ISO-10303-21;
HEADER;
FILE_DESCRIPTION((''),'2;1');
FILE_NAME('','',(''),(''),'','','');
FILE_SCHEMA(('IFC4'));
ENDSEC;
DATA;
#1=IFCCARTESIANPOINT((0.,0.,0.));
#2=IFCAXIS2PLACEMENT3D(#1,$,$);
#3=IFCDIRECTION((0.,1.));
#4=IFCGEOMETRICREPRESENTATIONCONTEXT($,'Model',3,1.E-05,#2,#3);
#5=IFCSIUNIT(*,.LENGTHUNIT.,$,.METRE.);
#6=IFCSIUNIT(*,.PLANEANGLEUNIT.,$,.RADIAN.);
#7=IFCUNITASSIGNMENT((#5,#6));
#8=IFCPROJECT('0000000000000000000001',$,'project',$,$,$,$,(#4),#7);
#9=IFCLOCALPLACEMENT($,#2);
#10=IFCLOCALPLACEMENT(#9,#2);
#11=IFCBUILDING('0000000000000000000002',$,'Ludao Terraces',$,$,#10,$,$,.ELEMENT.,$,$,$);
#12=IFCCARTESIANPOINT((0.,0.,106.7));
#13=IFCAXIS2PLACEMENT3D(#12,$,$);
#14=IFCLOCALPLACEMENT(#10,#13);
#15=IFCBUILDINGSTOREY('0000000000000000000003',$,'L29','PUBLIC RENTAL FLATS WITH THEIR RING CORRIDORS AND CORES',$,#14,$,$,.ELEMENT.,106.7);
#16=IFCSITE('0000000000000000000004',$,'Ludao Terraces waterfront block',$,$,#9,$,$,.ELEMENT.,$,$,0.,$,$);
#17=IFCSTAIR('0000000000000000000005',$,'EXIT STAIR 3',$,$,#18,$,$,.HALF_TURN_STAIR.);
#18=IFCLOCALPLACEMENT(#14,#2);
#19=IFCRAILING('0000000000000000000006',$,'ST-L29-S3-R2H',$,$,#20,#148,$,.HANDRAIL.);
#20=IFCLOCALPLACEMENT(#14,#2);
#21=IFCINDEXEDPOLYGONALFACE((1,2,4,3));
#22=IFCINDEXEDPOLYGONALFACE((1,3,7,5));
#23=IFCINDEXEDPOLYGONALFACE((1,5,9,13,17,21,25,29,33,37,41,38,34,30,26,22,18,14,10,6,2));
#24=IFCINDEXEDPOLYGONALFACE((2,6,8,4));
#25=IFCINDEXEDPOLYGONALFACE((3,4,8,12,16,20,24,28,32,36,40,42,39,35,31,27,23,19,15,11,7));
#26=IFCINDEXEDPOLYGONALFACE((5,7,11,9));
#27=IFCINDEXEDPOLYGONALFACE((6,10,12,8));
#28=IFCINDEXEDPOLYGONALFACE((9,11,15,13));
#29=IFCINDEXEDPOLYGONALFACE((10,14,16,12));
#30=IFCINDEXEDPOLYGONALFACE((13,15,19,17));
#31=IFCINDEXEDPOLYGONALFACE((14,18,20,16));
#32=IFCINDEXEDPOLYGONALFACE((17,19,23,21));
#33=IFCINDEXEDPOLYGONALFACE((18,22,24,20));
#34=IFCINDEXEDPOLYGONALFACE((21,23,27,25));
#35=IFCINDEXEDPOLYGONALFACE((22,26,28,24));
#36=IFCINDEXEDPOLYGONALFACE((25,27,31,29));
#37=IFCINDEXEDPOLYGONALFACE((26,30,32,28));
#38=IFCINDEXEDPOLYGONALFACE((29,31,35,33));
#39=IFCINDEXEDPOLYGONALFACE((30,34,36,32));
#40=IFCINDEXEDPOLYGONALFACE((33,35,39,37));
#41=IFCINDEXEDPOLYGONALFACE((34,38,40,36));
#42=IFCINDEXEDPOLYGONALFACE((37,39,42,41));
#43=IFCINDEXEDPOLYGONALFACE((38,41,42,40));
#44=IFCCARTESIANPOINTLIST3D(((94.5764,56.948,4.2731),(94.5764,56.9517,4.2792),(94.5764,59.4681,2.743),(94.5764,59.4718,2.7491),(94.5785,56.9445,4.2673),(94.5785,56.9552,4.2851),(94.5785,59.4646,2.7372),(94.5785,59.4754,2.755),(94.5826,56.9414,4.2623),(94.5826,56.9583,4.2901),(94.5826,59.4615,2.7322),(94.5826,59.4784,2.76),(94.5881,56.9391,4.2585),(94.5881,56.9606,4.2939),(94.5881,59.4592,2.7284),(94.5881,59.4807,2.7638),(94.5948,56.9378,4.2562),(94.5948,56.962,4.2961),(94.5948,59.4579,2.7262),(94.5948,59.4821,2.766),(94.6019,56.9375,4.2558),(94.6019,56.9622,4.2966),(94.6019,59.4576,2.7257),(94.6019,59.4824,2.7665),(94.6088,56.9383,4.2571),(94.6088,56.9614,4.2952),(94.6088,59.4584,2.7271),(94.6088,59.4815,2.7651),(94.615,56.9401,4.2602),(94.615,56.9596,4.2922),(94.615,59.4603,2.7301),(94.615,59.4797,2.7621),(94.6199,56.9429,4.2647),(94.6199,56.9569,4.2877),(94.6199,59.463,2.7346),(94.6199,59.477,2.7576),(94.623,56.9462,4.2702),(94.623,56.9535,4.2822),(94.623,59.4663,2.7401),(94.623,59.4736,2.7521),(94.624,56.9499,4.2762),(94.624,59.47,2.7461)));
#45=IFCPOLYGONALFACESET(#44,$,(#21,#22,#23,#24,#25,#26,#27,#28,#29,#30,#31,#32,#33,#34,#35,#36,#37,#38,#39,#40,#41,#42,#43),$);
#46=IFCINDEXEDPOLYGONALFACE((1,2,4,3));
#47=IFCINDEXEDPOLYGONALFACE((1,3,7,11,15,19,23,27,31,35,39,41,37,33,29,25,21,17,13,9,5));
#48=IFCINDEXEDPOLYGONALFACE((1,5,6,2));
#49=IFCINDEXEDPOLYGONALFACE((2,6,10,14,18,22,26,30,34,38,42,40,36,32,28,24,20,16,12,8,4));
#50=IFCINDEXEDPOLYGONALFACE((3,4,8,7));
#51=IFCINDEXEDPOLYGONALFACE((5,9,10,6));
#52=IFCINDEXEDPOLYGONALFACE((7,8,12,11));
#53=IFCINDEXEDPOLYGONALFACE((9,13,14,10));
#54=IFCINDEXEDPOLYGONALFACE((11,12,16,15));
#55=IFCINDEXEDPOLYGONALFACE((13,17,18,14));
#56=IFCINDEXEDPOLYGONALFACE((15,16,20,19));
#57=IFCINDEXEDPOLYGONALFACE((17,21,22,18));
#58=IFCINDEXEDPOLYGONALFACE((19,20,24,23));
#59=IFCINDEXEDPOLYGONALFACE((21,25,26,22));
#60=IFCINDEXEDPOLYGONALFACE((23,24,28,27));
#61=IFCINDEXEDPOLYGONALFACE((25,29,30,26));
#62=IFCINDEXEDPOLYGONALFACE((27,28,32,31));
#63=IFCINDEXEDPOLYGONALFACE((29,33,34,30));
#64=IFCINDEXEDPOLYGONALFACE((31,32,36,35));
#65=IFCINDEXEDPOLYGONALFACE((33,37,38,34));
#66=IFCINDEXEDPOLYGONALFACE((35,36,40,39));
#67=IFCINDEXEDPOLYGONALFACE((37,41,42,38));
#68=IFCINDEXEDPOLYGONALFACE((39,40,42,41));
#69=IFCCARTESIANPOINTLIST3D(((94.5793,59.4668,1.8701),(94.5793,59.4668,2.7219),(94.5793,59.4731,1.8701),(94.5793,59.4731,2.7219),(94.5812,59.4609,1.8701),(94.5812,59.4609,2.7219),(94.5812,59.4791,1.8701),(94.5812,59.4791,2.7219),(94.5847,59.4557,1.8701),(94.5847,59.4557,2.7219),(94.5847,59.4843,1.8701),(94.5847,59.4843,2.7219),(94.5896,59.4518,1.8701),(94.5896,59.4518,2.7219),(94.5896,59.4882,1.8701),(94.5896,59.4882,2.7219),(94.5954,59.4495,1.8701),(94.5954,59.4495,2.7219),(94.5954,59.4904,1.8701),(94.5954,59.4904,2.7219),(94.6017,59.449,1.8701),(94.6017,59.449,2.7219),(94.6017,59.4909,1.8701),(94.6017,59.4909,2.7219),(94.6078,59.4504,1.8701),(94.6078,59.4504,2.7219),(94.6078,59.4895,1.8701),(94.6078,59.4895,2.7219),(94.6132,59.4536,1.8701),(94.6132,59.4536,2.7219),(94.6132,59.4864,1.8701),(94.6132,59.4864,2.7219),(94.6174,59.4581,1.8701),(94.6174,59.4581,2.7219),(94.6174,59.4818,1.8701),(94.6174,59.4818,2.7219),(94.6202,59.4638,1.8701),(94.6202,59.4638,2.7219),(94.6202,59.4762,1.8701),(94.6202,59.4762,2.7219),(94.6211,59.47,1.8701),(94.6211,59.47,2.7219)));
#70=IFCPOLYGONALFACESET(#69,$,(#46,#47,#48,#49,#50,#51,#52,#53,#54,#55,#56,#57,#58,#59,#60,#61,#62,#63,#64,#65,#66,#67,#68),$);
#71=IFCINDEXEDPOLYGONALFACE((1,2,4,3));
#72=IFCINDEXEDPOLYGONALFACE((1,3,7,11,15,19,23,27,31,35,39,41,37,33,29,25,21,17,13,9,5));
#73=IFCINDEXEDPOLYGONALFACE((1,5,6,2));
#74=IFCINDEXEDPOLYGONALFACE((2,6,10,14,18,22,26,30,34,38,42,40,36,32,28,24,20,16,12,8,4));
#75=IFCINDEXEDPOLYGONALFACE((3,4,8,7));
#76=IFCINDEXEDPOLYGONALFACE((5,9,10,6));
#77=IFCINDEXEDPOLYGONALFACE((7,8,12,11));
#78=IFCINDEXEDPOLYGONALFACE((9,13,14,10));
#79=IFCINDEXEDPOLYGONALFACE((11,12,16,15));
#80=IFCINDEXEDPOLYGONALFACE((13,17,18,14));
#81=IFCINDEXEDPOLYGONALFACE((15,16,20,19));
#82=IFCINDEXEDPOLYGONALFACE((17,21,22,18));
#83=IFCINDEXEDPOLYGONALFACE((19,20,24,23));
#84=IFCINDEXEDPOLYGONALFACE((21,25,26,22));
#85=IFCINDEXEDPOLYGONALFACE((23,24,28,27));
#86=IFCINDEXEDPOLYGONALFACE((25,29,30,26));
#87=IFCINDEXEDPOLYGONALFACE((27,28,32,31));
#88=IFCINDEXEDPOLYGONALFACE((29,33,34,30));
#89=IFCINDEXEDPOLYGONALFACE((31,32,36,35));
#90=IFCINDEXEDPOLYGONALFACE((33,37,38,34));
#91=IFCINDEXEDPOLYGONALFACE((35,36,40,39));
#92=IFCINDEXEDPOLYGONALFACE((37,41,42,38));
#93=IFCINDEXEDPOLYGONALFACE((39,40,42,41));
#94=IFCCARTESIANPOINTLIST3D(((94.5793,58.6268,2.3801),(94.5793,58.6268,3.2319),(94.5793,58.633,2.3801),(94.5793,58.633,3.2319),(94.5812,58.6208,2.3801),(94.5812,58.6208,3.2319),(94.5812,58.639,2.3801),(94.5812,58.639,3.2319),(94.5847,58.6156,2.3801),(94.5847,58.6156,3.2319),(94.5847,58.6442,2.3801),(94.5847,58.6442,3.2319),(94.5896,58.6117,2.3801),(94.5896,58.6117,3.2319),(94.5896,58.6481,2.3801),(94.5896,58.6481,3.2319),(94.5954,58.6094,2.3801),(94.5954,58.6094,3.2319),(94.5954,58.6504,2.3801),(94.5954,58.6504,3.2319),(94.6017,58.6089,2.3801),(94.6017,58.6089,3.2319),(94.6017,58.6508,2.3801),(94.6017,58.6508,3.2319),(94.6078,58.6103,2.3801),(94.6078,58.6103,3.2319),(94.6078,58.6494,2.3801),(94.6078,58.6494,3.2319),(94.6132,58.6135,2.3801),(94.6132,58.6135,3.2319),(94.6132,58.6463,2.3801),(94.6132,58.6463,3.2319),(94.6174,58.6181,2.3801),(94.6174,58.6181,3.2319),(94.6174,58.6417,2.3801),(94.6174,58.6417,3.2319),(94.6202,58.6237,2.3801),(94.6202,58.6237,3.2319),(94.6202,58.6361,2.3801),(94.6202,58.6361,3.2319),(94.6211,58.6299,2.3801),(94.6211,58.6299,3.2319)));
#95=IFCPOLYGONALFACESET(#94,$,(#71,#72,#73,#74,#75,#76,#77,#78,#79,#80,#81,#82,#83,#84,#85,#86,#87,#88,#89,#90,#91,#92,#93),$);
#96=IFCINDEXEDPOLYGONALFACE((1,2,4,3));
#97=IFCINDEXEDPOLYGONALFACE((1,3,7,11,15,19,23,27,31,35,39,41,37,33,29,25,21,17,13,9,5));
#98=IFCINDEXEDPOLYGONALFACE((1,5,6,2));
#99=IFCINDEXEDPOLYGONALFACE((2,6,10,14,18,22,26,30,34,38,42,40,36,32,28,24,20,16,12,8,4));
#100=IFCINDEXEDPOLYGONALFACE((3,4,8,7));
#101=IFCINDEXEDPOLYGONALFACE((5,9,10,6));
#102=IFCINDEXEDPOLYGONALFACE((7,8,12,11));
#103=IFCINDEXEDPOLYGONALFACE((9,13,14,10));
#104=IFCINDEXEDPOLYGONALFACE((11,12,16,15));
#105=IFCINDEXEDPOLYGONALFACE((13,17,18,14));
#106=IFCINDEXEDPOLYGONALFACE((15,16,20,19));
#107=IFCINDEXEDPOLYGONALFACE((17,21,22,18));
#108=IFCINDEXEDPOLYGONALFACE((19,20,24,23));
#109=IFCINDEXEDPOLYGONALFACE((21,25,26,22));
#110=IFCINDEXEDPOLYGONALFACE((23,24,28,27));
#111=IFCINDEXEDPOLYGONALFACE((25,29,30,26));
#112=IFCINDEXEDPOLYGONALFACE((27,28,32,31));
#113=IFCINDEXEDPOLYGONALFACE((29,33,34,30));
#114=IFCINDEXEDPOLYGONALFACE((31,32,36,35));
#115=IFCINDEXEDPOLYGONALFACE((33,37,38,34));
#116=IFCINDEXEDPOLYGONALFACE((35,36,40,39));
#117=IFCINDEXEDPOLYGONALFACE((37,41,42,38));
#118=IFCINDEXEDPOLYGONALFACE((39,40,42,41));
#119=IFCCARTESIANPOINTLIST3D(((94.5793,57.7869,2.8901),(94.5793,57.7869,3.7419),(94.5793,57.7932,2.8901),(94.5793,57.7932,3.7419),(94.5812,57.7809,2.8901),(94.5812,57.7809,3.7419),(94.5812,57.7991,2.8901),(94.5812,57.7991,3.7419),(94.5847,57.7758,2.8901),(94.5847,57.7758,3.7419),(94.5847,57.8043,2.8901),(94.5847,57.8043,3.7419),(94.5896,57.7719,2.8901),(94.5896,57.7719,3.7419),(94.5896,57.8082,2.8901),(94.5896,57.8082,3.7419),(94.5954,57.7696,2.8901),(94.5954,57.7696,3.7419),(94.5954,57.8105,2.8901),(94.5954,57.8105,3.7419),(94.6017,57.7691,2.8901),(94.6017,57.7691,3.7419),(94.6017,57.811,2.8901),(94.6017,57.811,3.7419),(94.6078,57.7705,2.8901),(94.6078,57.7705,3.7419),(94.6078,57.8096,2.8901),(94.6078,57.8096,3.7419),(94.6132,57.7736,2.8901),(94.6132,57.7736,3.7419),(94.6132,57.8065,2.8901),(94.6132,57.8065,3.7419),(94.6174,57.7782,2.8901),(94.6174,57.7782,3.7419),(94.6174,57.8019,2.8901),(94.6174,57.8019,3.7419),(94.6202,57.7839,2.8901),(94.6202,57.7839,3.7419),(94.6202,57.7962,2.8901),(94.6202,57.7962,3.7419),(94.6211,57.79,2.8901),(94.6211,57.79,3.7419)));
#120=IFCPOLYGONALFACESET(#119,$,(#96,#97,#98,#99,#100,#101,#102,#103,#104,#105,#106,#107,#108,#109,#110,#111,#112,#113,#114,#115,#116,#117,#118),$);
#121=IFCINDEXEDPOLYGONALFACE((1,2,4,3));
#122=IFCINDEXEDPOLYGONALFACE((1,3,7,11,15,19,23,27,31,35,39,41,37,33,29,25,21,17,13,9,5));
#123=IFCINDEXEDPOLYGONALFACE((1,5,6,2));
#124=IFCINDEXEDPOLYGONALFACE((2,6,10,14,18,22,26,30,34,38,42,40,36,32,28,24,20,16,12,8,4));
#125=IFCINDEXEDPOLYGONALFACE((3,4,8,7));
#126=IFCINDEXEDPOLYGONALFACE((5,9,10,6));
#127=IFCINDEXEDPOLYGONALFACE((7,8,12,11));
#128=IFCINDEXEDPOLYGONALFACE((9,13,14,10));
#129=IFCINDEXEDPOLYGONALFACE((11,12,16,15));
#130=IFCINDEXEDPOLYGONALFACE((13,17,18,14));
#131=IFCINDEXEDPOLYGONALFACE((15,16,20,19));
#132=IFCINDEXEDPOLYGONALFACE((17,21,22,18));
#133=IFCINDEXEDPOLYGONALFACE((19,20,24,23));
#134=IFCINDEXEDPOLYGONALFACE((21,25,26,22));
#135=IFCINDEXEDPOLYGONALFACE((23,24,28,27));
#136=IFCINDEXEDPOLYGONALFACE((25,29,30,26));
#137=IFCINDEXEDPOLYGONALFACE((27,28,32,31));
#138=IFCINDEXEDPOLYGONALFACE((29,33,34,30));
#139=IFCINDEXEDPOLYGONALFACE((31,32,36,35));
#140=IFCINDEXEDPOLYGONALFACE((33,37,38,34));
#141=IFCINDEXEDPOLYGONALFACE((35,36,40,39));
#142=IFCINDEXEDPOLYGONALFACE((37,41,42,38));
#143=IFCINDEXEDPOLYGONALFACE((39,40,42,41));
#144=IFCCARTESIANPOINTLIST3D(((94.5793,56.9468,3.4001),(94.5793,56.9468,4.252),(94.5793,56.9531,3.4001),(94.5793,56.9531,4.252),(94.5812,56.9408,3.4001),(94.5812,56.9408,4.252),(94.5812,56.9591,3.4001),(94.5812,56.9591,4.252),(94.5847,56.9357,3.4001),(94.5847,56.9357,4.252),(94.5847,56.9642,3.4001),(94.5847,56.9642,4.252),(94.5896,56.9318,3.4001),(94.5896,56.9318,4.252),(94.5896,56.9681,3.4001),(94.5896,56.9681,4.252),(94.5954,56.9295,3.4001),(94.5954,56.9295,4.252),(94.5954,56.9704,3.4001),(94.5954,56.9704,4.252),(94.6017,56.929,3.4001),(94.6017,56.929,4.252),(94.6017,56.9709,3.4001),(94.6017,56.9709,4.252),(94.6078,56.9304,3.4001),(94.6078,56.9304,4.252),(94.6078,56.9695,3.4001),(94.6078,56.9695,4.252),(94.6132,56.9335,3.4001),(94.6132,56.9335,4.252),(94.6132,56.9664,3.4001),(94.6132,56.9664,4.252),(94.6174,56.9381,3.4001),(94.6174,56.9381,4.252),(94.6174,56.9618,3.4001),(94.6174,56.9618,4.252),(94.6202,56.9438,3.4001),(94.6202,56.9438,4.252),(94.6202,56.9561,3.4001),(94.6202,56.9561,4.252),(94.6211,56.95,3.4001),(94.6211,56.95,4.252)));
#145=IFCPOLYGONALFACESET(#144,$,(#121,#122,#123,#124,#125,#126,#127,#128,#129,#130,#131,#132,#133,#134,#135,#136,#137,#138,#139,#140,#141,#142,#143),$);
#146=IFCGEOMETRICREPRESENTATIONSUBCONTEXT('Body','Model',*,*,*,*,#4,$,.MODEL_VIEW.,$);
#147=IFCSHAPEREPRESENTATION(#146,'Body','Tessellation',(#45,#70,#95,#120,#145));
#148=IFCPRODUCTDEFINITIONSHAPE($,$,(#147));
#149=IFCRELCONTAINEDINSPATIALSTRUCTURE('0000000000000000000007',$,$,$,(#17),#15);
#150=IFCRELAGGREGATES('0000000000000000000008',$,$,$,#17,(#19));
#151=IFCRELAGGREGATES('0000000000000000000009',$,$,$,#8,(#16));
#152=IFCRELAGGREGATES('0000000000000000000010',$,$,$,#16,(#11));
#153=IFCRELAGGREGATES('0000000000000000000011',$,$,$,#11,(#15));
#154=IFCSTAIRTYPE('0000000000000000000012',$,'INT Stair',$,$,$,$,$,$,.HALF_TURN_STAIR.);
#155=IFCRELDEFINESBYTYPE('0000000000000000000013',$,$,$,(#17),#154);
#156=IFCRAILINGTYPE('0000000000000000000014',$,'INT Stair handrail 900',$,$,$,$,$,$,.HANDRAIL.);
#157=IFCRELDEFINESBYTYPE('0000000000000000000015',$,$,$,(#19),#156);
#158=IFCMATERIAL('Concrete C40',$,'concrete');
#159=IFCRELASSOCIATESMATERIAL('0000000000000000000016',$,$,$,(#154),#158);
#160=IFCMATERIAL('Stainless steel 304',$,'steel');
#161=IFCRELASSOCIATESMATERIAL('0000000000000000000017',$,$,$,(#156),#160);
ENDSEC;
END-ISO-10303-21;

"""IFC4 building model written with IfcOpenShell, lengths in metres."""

from ifc_helpers import new_model, si_unit, direction, frame, origin, origin_2d, place, context, subcontext, project, spatial, circle, extrude, material, type_object, element, aggregate, save


model = new_model("IFC4")

# Units and contexts
model_context = context("Model", 3, precision=1e-05, world=origin(), true_north=direction((0.0, 1.0)))
body_context = subcontext(model_context, "Body", "Model", "MODEL_VIEW")
ifc_project = project(units=[si_unit("LENGTHUNIT", "METRE"), si_unit("PLANEANGLEUNIT", "RADIAN")], contexts=[model_context])

# Site, building, storey
site_placement = place(None, origin())
site = spatial("IfcSite", under=ifc_project, at=site_placement, Name="Ludao Terraces waterfront block", CompositionType="ELEMENT", RefElevation=0.0)
building_placement = place(site_placement, origin())
building = spatial("IfcBuilding", under=site, at=building_placement, Name="Ludao Terraces", CompositionType="ELEMENT")
storey_placement = place(building_placement, frame((0.0, 0.0, 106.7)))
storey = spatial("IfcBuildingStorey", under=building, at=storey_placement, Name="L29", Description="PUBLIC RENTAL FLATS WITH THEIR RING CORRIDORS AND CORES", CompositionType="ELEMENT", Elevation=106.7)

# Shared definitions
ifc_material_1 = material(Name="Concrete C40", Category="concrete")

# Stair, railing
stair_type = type_object("IfcStairType", Name="INT Stair", PredefinedType="HALF_TURN_STAIR", material=ifc_material_1)
stair_placement = place(storey_placement, origin())
stair = element("IfcStair", 1, at=stair_placement, inside=storey, type_object=stair_type, Name="EXIT STAIR 3", PredefinedType="HALF_TURN_STAIR")
ifc_material_2 = material(Name="Stainless steel 304", Category="steel")
railing_type_1 = type_object("IfcRailingType", Name="INT Stair handrail 900", PredefinedType="HANDRAIL", material=ifc_material_2)
railing_1_placement = place(storey_placement, frame((94.6001, 59.47, 1.8701)))
railing_1 = element("IfcRailing", 2, at=railing_1_placement, type_object=railing_type_1, Name="ST-L29-S3-R2H", PredefinedType="HANDRAIL", context=body_context, shape_type="SweptSolid", body=[
    extrude(circle(Radius=0.0239, at=origin_2d()), frame((0.0, 0.0, 0.876), z_axis=(0.0, -0.854785, 0.518982), x_axis=(1.0, 0.0, 0.0)), (0.0, 0.0, 1.0), 2.9482),
    extrude(circle(Radius=0.021, at=origin_2d()), origin(), (0.0, 0.0, 1.0), 0.8518),
    extrude(circle(Radius=0.021, at=origin_2d()), frame((0.0, -0.8401, 0.51)), (0.0, 0.0, 1.0), 0.8518),
    extrude(circle(Radius=0.021, at=origin_2d()), frame((0.0, -1.6799, 1.02)), (0.0, 0.0, 1.0), 0.8518),
    extrude(circle(Radius=0.021, at=origin_2d()), frame((0.0, -2.52, 1.53)), (0.0, 0.0, 1.0), 0.8518),
])
aggregate(stair, [railing_1])

save(model, "model.ifc")
